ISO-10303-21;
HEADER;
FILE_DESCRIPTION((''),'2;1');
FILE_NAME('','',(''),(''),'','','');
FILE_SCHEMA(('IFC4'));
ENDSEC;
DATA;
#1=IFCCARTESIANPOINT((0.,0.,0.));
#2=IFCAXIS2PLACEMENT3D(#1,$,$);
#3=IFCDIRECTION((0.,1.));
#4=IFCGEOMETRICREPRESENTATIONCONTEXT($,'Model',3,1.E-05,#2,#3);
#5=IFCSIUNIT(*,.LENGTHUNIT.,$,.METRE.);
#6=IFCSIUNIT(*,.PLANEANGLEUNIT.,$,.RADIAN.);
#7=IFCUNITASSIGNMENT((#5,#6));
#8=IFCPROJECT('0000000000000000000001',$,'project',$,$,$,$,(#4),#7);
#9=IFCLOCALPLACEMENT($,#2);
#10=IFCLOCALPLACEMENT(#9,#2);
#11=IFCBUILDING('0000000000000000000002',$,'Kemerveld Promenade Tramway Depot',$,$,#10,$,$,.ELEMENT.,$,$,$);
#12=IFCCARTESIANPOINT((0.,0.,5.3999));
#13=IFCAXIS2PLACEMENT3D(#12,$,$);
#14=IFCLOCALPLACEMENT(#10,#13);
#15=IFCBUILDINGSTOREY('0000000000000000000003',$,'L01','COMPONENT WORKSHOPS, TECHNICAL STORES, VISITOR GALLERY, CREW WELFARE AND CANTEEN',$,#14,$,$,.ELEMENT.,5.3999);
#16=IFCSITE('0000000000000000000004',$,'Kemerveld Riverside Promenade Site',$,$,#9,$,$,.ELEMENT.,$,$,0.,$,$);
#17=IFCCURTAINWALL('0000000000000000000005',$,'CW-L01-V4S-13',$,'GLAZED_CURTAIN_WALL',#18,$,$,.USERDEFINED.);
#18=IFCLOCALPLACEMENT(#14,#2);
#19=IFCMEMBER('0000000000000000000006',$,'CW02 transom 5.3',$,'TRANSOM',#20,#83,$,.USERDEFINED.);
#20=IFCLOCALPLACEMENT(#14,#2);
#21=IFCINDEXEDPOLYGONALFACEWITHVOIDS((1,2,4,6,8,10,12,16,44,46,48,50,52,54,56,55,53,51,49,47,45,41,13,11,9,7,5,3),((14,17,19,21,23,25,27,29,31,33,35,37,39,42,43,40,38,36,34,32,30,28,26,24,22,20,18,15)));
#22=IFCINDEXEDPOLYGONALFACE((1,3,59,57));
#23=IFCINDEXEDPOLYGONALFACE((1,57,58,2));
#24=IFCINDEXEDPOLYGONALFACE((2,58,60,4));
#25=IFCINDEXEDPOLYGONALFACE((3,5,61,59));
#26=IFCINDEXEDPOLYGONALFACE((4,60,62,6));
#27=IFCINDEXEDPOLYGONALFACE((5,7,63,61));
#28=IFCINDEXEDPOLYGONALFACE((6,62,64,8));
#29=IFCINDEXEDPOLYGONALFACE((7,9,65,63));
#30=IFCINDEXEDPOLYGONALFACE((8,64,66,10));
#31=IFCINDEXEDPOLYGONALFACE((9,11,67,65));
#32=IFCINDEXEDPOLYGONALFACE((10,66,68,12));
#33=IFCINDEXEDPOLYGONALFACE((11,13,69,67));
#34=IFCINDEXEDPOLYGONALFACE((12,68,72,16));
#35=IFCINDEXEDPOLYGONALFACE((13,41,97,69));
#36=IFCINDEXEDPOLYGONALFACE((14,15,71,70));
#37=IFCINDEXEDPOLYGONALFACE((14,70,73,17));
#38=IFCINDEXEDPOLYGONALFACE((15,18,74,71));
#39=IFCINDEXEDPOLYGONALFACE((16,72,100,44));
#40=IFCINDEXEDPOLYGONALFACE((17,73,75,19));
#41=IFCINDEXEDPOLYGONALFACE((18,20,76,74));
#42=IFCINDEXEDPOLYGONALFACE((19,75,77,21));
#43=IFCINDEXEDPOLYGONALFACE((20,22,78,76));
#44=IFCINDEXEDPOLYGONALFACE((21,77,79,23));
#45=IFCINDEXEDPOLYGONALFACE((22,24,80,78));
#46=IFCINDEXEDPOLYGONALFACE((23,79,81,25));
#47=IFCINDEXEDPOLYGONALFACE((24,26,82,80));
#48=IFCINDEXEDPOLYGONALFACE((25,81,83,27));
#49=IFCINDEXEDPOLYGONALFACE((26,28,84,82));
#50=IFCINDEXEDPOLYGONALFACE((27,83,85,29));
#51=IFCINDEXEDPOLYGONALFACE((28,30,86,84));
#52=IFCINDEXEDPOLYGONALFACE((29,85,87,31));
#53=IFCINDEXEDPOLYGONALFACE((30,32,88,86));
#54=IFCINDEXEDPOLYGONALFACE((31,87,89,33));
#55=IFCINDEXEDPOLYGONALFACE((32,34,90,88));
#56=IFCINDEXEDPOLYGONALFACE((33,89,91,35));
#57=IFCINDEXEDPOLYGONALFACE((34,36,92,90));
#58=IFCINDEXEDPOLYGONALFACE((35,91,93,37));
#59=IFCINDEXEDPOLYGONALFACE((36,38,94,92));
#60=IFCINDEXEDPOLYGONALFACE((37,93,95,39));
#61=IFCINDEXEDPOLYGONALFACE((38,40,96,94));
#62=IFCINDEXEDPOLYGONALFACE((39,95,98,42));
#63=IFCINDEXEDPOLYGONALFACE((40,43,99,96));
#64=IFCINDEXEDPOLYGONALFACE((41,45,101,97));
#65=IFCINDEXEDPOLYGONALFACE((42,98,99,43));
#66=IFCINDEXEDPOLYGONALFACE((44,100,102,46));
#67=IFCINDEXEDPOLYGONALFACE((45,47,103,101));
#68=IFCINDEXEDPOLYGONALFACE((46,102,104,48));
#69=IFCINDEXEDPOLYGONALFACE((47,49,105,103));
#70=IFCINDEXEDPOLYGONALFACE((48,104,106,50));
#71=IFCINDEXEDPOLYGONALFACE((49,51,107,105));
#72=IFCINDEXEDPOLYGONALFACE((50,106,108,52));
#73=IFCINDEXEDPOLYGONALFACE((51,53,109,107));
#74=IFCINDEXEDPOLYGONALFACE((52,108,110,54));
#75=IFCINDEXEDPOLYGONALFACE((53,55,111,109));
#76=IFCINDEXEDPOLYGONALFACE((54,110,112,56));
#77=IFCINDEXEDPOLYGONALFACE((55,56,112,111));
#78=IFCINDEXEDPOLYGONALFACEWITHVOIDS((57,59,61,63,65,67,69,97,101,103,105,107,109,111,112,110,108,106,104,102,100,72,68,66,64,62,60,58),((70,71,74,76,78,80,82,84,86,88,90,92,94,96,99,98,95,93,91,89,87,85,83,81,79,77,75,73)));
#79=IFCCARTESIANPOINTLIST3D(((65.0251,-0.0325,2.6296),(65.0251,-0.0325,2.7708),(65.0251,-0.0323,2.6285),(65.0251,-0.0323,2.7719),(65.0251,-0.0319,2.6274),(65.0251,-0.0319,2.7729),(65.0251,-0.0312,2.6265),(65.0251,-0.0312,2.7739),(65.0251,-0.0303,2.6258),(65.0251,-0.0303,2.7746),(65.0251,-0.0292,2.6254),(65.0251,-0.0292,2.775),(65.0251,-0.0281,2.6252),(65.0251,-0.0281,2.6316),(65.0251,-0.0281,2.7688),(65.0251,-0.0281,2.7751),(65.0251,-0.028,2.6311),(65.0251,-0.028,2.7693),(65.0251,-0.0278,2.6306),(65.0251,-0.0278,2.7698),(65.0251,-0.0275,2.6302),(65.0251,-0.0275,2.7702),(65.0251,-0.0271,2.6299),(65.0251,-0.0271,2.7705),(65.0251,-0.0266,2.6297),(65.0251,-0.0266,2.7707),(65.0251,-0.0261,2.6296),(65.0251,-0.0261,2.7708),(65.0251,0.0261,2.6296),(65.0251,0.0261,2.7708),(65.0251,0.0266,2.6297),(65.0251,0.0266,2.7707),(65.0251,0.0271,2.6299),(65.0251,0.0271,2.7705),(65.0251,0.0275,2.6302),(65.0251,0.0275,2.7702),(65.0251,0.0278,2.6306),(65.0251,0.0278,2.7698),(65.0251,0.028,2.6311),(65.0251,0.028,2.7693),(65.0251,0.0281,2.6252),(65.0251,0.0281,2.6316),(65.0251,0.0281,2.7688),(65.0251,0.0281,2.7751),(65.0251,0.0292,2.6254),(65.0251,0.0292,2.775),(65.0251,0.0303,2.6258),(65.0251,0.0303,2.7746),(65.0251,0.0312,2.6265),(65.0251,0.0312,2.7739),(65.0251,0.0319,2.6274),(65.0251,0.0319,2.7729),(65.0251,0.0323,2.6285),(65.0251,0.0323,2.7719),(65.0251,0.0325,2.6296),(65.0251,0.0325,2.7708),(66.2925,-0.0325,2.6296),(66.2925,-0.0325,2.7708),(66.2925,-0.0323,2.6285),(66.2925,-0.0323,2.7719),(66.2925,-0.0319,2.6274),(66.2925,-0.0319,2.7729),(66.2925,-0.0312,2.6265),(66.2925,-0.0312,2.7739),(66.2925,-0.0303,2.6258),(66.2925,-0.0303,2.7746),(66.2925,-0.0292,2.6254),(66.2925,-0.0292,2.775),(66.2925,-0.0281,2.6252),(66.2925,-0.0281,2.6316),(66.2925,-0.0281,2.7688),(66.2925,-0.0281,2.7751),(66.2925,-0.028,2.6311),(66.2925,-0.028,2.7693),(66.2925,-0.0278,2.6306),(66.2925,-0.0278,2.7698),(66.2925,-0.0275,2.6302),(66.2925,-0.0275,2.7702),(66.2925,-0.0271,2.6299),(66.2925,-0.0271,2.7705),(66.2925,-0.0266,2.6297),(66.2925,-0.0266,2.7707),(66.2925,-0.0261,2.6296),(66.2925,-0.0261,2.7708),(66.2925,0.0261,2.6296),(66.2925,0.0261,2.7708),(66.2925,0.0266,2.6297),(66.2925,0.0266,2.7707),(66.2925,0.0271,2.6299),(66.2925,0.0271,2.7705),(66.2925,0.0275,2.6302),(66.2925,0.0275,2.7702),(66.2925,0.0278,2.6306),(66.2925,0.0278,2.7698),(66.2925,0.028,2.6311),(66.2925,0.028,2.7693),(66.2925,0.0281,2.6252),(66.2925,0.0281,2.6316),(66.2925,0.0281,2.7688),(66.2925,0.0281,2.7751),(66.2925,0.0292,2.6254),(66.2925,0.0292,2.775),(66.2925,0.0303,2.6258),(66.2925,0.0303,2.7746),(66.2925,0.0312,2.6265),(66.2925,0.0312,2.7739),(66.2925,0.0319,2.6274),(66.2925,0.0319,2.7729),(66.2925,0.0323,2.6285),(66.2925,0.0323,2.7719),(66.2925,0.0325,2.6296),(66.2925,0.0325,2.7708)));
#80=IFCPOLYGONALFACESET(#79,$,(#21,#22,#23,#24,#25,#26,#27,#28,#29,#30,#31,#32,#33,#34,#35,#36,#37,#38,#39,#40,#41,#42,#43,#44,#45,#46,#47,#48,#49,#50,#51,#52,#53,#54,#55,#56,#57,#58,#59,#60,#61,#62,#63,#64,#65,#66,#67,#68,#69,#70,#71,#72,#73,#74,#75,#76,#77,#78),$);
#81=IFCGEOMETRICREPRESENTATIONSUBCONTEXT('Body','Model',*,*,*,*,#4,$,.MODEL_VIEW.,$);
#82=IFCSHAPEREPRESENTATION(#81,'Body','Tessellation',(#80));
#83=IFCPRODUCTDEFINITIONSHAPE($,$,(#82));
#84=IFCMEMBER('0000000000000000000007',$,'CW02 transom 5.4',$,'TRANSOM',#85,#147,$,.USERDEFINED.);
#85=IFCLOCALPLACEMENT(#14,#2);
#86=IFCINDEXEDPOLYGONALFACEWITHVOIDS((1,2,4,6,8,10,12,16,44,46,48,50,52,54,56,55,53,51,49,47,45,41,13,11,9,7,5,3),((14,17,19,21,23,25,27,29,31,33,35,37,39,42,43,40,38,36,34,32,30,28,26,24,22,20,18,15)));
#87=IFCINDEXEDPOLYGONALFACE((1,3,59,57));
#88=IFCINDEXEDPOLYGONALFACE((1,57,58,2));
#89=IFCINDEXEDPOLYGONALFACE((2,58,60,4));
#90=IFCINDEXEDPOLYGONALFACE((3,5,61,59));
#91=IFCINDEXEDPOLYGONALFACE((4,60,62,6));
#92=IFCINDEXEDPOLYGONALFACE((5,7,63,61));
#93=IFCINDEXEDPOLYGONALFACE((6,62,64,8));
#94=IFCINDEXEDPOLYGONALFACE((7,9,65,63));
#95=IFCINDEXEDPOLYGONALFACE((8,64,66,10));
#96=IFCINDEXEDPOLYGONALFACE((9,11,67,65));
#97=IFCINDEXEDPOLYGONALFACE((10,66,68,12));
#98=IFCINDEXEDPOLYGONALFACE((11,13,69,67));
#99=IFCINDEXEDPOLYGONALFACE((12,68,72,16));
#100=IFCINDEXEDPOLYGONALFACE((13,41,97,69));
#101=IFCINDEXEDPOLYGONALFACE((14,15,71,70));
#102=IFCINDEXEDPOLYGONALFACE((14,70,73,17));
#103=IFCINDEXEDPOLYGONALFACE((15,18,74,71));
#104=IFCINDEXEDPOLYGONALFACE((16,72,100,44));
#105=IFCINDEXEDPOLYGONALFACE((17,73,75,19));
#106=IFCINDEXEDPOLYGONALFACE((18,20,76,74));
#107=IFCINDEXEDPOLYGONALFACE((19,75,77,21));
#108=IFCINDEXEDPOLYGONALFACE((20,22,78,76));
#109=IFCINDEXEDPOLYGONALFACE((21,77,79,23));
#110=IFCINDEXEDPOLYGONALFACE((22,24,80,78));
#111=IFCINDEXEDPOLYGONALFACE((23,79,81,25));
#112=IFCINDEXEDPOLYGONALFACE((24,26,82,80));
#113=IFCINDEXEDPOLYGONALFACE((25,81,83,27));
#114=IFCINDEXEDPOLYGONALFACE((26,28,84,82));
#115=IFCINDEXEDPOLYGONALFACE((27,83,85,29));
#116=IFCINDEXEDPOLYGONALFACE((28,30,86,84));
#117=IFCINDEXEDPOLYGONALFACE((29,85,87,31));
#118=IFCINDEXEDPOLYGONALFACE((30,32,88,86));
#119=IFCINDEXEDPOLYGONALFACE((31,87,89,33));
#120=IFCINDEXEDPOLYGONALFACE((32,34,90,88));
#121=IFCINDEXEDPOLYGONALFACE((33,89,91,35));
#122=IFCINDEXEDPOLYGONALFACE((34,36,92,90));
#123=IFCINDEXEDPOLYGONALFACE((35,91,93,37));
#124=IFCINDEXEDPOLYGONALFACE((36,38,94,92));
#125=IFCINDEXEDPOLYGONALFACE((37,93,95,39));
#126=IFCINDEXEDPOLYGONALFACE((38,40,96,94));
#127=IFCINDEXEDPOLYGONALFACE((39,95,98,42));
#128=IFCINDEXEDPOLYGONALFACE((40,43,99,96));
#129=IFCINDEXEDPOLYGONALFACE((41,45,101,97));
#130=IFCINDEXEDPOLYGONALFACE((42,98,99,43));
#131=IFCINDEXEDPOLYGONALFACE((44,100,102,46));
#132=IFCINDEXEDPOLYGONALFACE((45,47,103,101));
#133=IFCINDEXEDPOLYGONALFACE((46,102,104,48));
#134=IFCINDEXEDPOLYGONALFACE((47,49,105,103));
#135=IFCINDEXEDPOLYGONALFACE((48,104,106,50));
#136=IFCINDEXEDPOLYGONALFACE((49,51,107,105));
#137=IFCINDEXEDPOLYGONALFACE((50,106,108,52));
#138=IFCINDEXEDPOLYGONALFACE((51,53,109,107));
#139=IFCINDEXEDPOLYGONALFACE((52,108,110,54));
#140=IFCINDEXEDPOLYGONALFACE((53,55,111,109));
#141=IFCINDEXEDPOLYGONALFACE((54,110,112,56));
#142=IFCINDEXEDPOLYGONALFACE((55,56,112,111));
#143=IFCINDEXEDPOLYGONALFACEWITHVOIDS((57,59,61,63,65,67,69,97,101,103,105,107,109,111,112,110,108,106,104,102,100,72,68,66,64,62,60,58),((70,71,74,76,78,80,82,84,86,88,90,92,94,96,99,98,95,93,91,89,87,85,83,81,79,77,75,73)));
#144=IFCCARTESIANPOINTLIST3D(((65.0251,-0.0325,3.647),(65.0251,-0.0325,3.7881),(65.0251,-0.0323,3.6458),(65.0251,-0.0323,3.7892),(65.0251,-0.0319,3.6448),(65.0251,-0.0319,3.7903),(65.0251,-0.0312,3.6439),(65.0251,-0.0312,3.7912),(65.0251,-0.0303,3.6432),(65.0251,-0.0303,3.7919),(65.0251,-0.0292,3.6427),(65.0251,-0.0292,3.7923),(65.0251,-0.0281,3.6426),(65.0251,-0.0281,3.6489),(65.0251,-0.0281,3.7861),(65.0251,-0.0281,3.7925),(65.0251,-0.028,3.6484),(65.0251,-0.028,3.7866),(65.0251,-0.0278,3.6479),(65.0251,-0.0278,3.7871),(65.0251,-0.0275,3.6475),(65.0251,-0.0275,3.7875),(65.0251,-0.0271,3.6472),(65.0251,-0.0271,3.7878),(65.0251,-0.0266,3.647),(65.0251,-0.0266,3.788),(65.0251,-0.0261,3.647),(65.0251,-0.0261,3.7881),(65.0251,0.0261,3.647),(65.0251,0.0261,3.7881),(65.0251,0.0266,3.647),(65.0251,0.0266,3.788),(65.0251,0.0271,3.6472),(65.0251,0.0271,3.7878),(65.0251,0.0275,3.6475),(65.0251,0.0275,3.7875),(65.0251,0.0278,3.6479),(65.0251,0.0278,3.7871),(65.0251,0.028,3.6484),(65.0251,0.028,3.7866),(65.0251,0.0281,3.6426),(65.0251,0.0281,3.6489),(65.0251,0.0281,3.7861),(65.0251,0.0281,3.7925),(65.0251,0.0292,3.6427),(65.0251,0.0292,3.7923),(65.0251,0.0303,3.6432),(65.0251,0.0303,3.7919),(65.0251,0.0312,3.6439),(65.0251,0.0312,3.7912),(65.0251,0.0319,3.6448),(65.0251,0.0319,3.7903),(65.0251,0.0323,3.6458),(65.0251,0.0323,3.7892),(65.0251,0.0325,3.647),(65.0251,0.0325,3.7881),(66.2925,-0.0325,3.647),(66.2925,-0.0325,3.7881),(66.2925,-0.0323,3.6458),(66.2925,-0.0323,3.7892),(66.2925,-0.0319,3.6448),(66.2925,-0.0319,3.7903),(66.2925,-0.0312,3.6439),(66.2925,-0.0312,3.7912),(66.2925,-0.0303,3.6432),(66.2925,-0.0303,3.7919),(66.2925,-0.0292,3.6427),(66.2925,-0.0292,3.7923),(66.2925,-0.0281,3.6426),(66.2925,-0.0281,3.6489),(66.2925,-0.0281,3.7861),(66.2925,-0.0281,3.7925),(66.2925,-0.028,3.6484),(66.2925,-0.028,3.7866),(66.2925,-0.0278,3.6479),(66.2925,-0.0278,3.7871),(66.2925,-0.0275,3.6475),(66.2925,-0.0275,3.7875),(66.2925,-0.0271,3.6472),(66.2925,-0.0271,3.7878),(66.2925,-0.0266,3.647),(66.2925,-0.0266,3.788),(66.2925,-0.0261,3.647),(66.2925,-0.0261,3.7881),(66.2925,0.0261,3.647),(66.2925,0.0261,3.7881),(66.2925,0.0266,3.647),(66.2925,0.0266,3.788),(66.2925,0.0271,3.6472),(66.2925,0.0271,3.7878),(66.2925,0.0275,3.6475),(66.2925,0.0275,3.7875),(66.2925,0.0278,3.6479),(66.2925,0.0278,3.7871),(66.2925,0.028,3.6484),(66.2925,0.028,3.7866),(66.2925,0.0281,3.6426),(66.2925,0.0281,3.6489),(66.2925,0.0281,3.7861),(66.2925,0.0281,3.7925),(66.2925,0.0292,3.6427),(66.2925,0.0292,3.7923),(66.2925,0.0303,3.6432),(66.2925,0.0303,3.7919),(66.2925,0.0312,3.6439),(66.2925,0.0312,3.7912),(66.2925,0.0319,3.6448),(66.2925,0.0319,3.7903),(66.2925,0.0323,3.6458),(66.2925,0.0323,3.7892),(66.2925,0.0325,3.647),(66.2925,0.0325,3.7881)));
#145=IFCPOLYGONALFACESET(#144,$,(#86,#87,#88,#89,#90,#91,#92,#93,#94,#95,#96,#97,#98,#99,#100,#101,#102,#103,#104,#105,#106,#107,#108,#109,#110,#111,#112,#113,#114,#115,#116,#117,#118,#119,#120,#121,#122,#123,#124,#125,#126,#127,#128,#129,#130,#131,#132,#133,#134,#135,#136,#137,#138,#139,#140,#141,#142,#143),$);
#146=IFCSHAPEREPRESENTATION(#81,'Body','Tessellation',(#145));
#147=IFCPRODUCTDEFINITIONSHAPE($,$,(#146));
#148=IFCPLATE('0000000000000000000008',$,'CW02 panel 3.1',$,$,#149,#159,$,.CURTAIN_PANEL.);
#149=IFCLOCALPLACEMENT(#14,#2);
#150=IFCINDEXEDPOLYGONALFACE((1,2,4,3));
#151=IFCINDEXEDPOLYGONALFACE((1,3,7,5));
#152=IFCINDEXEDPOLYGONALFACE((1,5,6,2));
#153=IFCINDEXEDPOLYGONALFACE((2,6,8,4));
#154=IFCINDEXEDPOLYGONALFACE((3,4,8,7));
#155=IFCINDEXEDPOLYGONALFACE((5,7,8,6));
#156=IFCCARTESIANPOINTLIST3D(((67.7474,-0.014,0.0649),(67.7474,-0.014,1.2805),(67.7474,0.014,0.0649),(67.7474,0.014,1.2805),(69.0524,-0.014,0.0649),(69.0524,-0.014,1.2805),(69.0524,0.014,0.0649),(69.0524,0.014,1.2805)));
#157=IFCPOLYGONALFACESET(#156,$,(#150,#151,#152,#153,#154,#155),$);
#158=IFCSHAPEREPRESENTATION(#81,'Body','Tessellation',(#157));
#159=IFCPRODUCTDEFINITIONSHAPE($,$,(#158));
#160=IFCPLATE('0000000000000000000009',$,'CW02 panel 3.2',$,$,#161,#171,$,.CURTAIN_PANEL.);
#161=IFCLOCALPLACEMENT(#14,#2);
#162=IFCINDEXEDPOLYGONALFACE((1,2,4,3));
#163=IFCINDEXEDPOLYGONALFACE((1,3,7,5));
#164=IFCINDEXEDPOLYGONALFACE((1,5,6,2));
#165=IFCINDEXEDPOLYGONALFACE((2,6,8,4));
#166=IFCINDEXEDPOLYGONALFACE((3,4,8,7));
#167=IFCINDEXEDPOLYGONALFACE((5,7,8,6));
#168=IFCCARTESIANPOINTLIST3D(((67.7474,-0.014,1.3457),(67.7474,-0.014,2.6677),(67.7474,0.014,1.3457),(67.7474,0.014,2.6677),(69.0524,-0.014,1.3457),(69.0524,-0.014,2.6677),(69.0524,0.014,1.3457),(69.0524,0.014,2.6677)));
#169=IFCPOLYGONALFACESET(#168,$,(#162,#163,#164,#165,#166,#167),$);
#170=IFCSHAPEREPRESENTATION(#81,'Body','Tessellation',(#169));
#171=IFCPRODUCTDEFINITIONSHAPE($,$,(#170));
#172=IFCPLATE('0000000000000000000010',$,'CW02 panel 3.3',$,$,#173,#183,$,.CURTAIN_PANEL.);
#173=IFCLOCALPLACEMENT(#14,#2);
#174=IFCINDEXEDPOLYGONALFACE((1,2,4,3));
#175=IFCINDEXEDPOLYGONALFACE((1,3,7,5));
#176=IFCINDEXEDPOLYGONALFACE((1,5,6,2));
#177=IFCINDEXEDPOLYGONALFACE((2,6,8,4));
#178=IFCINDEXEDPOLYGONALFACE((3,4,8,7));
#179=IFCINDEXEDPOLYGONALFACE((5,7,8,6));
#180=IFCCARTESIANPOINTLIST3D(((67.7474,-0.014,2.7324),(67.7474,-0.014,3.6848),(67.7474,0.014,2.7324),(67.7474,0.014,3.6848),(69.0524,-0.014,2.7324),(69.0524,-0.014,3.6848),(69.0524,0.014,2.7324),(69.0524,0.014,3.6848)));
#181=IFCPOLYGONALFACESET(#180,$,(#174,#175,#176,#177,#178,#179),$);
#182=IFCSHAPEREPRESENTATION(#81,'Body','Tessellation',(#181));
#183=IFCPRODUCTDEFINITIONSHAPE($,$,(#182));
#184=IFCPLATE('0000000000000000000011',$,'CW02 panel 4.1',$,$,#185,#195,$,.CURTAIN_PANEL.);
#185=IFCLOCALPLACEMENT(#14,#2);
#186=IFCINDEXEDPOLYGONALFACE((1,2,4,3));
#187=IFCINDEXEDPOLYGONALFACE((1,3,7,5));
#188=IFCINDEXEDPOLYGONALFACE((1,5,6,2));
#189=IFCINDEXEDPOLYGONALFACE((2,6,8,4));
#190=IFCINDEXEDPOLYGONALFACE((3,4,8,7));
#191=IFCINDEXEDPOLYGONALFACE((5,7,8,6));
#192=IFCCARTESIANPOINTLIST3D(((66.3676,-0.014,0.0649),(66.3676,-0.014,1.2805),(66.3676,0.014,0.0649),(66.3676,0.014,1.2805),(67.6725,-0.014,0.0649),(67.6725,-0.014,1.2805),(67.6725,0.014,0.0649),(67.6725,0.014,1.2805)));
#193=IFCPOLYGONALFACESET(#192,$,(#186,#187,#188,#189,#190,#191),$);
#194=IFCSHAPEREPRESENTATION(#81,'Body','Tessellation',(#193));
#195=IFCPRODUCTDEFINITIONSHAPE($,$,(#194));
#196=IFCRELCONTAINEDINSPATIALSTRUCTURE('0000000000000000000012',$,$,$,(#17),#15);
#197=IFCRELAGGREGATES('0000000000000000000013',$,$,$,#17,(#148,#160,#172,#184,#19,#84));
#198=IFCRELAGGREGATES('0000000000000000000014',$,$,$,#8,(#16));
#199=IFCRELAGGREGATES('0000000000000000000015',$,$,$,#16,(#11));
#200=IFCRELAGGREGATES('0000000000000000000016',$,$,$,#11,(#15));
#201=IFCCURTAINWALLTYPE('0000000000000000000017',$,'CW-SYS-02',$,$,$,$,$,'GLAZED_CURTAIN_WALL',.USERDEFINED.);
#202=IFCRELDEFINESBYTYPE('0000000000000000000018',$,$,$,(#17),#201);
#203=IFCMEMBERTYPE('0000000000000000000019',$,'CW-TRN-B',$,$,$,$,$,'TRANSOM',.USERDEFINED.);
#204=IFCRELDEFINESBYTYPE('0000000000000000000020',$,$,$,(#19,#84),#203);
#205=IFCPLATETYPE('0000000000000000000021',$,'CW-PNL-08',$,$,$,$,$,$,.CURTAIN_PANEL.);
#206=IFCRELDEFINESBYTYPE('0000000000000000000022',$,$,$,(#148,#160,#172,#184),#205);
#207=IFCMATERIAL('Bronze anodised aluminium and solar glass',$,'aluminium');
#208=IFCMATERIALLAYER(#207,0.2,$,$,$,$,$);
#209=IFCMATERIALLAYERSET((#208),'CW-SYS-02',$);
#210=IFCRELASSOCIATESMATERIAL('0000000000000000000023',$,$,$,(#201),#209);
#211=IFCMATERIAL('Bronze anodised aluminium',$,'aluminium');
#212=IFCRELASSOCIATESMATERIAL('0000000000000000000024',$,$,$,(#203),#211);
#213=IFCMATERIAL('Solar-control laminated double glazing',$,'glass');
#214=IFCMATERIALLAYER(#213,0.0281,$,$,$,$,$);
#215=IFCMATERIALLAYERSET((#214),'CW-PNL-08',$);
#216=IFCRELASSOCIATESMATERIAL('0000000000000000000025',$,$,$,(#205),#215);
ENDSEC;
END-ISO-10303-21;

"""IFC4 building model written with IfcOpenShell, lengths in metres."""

from ifc_helpers import new_model, si_unit, direction, frame, origin, origin_2d, place, context, subcontext, project, spatial, rectangle, hollow_rectangle, extrude, material, layer, layer_set, material_profile, profile_set, type_object, element, aggregate, save


model = new_model("IFC4")

# Units and contexts
model_context = context("Model", 3, precision=1e-05, world=origin(), true_north=direction((0.0, 1.0)))
body_context = subcontext(model_context, "Body", "Model", "MODEL_VIEW")
ifc_project = project(units=[si_unit("LENGTHUNIT", "METRE"), si_unit("PLANEANGLEUNIT", "RADIAN")], contexts=[model_context])

# Site, building, storey
site_placement = place(None, origin())
site = spatial("IfcSite", under=ifc_project, at=site_placement, Name="Kemerveld Riverside Promenade Site", CompositionType="ELEMENT", RefElevation=0.0)
building_placement = place(site_placement, origin())
building = spatial("IfcBuilding", under=site, at=building_placement, Name="Kemerveld Promenade Tramway Depot", CompositionType="ELEMENT")
storey_placement = place(building_placement, frame((0.0, 0.0, 5.3999)))
storey = spatial("IfcBuildingStorey", under=building, at=storey_placement, Name="L01", Description="COMPONENT WORKSHOPS, TECHNICAL STORES, VISITOR GALLERY, CREW WELFARE AND CANTEEN", CompositionType="ELEMENT", Elevation=5.3999)

# Curtain wall, members, plates
ifc_material_1 = material(Name="Bronze anodised aluminium and solar glass", Category="aluminium")
ifc_layer_1 = layer(ifc_material_1, 0.2)
ifc_layer_set_1 = layer_set([ifc_layer_1], Name="CW-SYS-02")
curtain_wall_type = type_object("IfcCurtainWallType", Name="CW-SYS-02", ElementType="GLAZED_CURTAIN_WALL", PredefinedType="USERDEFINED", material=ifc_layer_set_1)
curtain_wall_placement = place(storey_placement, origin())
curtain_wall = element("IfcCurtainWall", 1, at=curtain_wall_placement, inside=storey, type_object=curtain_wall_type, Name="CW-L01-V4S-13", ObjectType="GLAZED_CURTAIN_WALL", PredefinedType="USERDEFINED")
ifc_material_2 = material(Name="Bronze anodised aluminium", Category="aluminium")
ifc_material_profile_1 = material_profile(ifc_material_2, hollow_rectangle(XDim=0.0649, YDim=0.1499, WallThickness=0.0044, InnerFilletRadius=0.002, OuterFilletRadius=0.0044, at=origin_2d()), Name="CW-TRN-150x65")
ifc_profile_set_1 = profile_set([ifc_material_profile_1], Name="Bronze anodised aluminium")
member_type_1 = type_object("IfcMemberType", Name="CW-TRN-B", ElementType="TRANSOM", PredefinedType="USERDEFINED", material=ifc_profile_set_1)
member_1_placement = place(storey_placement, frame((66.2925, 0.0, 2.7002), z_axis=(-1.0, 0.0, 0.0), x_axis=(0.0, -1.0, 0.0)))
member_1 = element("IfcMember", 2, at=member_1_placement, type_object=member_type_1, Name="CW02 transom 5.3", ObjectType="TRANSOM", PredefinedType="USERDEFINED", context=body_context, shape_type="SweptSolid", body=[
    extrude(hollow_rectangle(XDim=0.0649, YDim=0.1499, WallThickness=0.0044, InnerFilletRadius=0.002, OuterFilletRadius=0.0044, at=origin_2d()), origin(), (0.0, 0.0, 1.0), 1.2673),
])
member_2_placement = place(storey_placement, frame((66.2925, 0.0, 3.7175), z_axis=(-1.0, 0.0, 0.0), x_axis=(0.0, -1.0, 0.0)))
member_2 = element("IfcMember", 3, at=member_2_placement, type_object=member_type_1, Name="CW02 transom 5.4", ObjectType="TRANSOM", PredefinedType="USERDEFINED", context=body_context, shape_type="SweptSolid", body=[
    extrude(hollow_rectangle(XDim=0.0649, YDim=0.1499, WallThickness=0.0044, InnerFilletRadius=0.002, OuterFilletRadius=0.0044, at=origin_2d()), origin(), (0.0, 0.0, 1.0), 1.2673),
])
ifc_material_3 = material(Name="Solar-control laminated double glazing", Category="glass")
ifc_layer_2 = layer(ifc_material_3, 0.0281)
ifc_layer_set_2 = layer_set([ifc_layer_2], Name="CW-PNL-08")
plate_type = type_object("IfcPlateType", Name="CW-PNL-08", PredefinedType="CURTAIN_PANEL", material=ifc_layer_set_2)
plate_1_placement = place(storey_placement, frame((68.3999, 0.0, 0.0649), z_axis=(0.0, 0.0, 1.0), x_axis=(-1.0, 0.0, 0.0)))
plate_1 = element("IfcPlate", 4, at=plate_1_placement, type_object=plate_type, Name="CW02 panel 3.1", PredefinedType="CURTAIN_PANEL", context=body_context, shape_type="SweptSolid", body=[
    extrude(rectangle(XDim=1.3049, YDim=0.0281, at=origin_2d()), origin(), (0.0, 0.0, 1.0), 1.2156),
])
plate_2_placement = place(storey_placement, frame((68.3999, 0.0, 1.3457), z_axis=(0.0, 0.0, 1.0), x_axis=(-1.0, 0.0, 0.0)))
plate_2 = element("IfcPlate", 5, at=plate_2_placement, type_object=plate_type, Name="CW02 panel 3.2", PredefinedType="CURTAIN_PANEL", context=body_context, shape_type="SweptSolid", body=[
    extrude(rectangle(XDim=1.3049, YDim=0.0281, at=origin_2d()), origin(), (0.0, 0.0, 1.0), 1.322),
])
plate_3_placement = place(storey_placement, frame((68.3999, 0.0, 2.7324), z_axis=(0.0, 0.0, 1.0), x_axis=(-1.0, 0.0, 0.0)))
plate_3 = element("IfcPlate", 6, at=plate_3_placement, type_object=plate_type, Name="CW02 panel 3.3", PredefinedType="CURTAIN_PANEL", context=body_context, shape_type="SweptSolid", body=[
    extrude(rectangle(XDim=1.3049, YDim=0.0281, at=origin_2d()), origin(), (0.0, 0.0, 1.0), 0.9524),
])
plate_4_placement = place(storey_placement, frame((67.02, 0.0, 0.0649), z_axis=(0.0, 0.0, 1.0), x_axis=(-1.0, 0.0, 0.0)))
plate_4 = element("IfcPlate", 7, at=plate_4_placement, type_object=plate_type, Name="CW02 panel 4.1", PredefinedType="CURTAIN_PANEL", context=body_context, shape_type="SweptSolid", body=[
    extrude(rectangle(XDim=1.3049, YDim=0.0281, at=origin_2d()), origin(), (0.0, 0.0, 1.0), 1.2156),
])
aggregate(curtain_wall, [plate_1, plate_2, plate_3, plate_4, member_1, member_2])

save(model, "model.ifc")
